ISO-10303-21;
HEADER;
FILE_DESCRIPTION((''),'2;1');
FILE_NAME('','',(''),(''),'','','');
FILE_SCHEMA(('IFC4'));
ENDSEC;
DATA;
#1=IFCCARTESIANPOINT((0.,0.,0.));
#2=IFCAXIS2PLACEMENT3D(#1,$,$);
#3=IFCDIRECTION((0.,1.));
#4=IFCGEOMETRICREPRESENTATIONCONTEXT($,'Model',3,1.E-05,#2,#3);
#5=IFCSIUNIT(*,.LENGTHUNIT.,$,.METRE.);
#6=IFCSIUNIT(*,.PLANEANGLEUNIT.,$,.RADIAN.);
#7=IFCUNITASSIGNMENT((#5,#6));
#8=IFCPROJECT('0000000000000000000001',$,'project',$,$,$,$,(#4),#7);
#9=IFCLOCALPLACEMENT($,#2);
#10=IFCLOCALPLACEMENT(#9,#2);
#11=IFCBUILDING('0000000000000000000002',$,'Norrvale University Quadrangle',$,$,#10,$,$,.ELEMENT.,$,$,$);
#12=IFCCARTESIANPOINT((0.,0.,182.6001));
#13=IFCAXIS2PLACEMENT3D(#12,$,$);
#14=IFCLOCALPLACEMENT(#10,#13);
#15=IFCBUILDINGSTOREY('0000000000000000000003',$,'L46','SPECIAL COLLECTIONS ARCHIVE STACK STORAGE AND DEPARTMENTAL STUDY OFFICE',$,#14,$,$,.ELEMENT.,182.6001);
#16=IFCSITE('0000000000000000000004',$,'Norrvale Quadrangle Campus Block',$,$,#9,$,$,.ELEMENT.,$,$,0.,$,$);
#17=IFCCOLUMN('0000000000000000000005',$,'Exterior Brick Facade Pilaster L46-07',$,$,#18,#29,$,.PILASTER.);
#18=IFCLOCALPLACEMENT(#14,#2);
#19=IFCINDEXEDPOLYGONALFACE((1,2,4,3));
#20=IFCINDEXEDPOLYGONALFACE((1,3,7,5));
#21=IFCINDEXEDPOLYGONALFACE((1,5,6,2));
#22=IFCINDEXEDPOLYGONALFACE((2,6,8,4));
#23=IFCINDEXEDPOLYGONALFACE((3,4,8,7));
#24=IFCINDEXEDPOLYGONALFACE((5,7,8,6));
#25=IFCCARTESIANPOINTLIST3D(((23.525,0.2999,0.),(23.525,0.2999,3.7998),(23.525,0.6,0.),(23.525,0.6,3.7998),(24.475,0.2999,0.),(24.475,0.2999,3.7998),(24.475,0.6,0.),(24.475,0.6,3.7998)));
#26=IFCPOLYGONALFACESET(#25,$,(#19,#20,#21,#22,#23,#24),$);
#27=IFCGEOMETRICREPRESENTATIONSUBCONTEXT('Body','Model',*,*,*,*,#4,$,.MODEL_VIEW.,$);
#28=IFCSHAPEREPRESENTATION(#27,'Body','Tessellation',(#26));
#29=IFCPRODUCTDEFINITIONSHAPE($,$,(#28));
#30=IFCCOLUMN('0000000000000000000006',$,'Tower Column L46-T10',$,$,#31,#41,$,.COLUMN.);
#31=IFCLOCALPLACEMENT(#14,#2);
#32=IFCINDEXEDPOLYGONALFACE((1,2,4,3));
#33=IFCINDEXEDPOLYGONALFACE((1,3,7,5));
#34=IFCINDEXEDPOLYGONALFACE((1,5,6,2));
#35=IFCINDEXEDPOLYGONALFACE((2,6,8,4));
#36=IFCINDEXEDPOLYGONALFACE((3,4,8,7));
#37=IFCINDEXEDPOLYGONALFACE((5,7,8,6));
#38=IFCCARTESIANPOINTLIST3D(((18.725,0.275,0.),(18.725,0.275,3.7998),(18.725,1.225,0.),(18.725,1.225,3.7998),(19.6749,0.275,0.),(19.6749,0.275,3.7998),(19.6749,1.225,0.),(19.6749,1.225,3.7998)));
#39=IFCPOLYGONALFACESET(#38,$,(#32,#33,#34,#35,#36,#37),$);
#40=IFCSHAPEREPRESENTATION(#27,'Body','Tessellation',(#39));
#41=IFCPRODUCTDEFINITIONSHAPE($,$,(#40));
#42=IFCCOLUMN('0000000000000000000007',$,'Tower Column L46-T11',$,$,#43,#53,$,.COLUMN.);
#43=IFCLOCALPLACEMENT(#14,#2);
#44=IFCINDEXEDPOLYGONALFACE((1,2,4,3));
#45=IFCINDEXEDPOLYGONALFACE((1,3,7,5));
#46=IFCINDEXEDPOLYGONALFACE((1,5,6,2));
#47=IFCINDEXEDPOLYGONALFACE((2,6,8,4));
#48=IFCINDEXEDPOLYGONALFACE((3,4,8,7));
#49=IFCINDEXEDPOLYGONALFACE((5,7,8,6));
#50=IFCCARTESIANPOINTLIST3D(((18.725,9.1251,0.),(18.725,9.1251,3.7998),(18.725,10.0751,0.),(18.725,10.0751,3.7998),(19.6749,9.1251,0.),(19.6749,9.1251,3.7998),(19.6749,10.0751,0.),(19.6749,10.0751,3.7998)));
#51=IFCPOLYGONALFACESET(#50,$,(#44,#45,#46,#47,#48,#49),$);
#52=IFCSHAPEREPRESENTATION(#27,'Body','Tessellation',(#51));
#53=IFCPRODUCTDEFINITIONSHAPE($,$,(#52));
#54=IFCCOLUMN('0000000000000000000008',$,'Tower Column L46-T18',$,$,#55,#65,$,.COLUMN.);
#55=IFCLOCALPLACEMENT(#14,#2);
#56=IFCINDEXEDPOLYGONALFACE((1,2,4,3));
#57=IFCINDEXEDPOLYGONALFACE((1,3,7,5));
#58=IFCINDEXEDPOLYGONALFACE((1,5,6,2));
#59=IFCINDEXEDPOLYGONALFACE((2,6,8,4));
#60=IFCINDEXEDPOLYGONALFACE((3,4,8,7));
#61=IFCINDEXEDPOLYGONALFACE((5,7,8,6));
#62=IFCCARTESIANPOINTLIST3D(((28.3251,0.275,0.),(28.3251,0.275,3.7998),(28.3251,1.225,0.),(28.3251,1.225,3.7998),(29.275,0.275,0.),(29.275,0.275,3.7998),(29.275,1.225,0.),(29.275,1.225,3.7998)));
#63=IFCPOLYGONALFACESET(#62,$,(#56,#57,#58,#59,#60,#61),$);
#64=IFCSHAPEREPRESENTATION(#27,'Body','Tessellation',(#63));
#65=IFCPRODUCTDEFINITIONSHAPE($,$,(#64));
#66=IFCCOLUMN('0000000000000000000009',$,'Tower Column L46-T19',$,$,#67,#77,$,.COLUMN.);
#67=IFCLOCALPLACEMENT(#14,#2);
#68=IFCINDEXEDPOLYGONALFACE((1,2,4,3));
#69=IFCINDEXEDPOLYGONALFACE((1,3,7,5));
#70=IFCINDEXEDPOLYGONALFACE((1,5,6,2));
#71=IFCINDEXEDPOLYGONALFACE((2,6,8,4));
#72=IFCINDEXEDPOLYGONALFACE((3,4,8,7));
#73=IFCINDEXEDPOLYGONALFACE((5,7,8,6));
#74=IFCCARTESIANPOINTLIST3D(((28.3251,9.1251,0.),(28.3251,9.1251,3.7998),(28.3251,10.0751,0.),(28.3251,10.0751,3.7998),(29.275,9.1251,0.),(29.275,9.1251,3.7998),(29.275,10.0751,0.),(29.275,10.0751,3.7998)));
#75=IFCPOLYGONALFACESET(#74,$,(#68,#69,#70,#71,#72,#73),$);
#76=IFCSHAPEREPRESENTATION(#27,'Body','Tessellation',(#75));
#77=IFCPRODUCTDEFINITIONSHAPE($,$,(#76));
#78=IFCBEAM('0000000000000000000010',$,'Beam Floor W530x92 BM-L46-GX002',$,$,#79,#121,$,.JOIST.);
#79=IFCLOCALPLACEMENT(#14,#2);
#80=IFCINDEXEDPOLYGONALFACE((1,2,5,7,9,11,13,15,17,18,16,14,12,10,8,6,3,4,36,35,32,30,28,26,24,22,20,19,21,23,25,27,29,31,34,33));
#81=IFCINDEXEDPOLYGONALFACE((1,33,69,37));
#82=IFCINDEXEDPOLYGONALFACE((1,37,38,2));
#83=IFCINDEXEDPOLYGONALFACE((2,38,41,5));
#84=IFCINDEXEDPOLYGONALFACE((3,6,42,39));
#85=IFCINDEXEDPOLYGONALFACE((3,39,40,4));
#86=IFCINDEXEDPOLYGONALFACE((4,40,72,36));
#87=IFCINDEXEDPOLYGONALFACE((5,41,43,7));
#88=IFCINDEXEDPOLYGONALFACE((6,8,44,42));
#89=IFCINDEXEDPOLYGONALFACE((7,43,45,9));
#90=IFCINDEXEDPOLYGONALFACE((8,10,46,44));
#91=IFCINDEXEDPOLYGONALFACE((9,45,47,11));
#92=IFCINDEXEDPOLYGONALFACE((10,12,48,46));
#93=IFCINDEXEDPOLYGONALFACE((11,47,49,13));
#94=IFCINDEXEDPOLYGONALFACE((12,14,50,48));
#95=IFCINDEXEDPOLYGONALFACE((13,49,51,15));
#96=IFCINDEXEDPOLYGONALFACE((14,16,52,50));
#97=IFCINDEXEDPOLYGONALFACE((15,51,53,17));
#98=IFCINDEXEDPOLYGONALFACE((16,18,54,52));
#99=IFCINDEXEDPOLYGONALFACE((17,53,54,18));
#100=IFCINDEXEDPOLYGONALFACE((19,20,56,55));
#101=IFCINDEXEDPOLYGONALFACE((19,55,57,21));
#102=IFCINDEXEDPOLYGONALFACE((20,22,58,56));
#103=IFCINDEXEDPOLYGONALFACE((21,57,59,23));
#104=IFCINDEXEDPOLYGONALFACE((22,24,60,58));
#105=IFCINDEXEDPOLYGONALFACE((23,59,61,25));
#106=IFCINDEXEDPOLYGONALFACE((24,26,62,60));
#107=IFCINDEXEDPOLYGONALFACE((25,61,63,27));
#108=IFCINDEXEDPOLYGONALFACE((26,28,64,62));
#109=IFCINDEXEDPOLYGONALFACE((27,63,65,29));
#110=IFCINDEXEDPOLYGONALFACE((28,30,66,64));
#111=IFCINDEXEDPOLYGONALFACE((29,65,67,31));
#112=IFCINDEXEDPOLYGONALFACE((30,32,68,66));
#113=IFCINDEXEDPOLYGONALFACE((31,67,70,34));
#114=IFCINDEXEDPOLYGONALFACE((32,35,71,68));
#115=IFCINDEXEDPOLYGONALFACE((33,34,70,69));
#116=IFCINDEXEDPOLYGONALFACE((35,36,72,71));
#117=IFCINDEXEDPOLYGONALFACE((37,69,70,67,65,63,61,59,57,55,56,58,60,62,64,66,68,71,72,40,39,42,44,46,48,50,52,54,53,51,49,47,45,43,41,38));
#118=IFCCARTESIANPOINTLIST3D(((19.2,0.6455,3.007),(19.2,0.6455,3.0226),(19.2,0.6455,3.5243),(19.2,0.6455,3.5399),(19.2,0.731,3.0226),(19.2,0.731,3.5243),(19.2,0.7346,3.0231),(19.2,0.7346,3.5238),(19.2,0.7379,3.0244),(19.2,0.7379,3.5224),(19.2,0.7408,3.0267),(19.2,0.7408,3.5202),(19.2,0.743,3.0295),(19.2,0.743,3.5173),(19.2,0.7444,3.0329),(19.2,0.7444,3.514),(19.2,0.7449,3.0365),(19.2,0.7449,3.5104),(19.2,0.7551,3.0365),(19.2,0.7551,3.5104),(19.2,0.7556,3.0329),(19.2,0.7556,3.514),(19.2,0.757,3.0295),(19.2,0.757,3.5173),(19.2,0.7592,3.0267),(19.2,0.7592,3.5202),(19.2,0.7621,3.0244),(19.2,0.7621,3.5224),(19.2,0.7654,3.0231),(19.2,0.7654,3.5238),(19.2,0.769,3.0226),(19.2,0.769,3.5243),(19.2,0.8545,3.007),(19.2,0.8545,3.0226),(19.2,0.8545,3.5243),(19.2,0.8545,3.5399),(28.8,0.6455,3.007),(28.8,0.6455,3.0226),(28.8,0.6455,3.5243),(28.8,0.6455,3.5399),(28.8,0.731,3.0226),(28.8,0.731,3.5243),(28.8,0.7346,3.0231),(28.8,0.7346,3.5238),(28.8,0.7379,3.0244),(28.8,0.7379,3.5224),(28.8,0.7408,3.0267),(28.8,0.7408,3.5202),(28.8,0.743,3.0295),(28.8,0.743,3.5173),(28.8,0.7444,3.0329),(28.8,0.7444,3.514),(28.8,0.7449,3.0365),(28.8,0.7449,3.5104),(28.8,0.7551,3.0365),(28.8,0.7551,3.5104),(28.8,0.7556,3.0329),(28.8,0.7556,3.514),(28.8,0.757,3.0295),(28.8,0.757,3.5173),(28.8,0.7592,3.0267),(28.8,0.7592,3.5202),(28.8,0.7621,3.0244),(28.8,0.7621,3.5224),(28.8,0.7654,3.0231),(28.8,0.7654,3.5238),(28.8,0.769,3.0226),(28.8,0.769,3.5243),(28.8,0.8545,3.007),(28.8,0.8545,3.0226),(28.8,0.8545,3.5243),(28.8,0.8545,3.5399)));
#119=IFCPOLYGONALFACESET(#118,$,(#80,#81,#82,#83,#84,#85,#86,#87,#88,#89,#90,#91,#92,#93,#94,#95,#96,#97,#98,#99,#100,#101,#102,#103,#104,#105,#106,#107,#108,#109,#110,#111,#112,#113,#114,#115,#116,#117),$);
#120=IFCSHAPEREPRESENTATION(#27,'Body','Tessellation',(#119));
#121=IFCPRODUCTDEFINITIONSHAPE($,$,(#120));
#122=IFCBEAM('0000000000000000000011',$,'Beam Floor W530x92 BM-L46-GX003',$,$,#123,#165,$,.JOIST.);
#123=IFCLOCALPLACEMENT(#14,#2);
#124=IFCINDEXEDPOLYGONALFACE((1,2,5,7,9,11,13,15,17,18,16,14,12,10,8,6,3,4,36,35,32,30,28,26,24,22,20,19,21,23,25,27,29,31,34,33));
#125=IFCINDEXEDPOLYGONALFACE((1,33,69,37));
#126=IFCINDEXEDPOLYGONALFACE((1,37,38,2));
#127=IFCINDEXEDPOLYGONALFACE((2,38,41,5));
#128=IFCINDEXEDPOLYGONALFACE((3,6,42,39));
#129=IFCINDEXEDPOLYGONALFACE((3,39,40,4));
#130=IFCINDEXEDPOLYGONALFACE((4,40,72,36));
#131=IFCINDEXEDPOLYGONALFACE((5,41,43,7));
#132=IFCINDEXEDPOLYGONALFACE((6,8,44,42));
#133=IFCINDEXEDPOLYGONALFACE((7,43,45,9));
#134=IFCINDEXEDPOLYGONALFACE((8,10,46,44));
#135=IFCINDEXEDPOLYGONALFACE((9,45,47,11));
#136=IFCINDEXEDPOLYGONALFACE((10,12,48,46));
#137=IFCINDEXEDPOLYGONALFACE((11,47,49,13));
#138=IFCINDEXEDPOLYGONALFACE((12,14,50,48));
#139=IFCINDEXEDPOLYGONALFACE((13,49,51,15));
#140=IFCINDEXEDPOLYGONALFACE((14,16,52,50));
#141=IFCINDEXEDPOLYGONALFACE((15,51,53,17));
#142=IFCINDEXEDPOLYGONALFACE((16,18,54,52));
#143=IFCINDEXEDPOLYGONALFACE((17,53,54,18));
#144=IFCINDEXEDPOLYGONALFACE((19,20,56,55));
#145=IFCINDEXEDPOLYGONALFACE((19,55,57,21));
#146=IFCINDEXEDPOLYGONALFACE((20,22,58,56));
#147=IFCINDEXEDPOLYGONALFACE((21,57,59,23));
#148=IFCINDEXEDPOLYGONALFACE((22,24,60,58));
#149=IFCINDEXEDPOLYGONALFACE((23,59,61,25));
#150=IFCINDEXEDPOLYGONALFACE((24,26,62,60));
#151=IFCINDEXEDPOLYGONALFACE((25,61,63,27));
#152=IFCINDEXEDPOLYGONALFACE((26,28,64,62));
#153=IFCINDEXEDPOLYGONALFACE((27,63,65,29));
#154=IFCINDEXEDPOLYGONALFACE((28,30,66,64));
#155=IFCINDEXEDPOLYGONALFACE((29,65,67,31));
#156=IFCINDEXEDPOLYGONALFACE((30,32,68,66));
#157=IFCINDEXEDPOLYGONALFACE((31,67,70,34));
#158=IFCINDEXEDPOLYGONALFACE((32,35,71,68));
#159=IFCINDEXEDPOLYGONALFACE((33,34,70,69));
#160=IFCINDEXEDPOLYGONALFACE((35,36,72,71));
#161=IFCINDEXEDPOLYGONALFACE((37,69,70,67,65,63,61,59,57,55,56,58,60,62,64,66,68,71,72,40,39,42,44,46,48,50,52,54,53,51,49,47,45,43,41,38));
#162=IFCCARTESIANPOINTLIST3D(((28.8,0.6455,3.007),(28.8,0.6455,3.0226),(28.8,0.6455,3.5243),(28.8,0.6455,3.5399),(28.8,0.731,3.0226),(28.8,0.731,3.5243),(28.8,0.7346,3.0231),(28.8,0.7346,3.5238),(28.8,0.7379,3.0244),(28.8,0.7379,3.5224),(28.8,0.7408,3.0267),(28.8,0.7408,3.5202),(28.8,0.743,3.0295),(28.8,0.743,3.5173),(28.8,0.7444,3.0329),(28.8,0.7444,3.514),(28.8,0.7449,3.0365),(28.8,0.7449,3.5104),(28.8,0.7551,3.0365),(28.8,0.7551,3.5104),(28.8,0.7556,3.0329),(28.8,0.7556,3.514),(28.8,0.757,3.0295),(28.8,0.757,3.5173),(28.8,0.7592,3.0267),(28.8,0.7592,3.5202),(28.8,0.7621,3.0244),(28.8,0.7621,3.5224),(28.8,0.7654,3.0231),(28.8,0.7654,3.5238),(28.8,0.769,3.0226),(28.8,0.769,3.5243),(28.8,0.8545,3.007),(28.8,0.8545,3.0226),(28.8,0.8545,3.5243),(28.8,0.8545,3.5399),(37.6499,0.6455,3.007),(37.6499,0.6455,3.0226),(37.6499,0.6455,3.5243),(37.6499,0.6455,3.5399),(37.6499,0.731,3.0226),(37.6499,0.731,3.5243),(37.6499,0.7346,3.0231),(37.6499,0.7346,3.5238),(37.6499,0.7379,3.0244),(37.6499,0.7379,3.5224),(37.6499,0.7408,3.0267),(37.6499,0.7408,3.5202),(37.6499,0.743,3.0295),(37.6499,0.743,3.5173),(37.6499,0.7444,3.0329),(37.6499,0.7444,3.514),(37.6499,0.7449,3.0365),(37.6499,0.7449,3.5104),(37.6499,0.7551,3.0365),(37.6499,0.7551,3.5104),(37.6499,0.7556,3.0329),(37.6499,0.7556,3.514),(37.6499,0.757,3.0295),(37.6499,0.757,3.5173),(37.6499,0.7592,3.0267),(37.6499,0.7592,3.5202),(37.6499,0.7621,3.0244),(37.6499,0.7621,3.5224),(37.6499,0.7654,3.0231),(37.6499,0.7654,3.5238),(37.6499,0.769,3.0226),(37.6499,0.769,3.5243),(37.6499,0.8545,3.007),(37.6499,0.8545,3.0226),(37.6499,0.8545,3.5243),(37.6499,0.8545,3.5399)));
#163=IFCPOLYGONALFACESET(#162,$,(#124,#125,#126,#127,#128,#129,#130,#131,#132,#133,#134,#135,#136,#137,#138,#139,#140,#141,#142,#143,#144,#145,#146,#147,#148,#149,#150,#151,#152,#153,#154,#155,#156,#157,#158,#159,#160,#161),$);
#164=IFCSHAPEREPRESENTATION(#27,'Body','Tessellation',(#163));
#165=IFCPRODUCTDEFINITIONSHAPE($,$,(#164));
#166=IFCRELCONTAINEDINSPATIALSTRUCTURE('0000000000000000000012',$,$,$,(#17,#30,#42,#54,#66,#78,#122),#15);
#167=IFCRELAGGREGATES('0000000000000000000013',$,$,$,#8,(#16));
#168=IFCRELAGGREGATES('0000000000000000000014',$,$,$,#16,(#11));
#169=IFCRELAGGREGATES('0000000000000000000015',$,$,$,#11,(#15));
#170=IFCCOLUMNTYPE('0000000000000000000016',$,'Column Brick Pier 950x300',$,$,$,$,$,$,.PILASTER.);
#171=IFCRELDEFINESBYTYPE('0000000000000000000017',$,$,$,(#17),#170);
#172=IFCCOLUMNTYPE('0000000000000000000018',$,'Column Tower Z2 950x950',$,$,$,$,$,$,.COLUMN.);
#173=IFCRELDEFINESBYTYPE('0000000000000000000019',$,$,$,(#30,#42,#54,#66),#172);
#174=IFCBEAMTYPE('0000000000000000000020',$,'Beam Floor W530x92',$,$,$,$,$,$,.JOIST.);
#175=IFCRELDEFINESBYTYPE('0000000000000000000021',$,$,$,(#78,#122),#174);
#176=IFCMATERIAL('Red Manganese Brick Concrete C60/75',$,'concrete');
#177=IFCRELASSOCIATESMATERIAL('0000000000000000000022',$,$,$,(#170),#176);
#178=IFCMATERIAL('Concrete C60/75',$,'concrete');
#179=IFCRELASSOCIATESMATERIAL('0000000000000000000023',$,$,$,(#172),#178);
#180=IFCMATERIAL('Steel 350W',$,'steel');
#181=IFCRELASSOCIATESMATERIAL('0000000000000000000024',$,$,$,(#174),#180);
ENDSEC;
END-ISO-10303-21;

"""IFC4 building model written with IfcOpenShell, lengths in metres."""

from ifc_helpers import new_model, si_unit, direction, frame, origin, origin_2d, place, context, subcontext, project, spatial, rectangle, i_section, extrude, material, material_profile, profile_set, type_object, element, save


model = new_model("IFC4")

# Units and contexts
model_context = context("Model", 3, precision=1e-05, world=origin(), true_north=direction((0.0, 1.0)))
body_context = subcontext(model_context, "Body", "Model", "MODEL_VIEW")
ifc_project = project(units=[si_unit("LENGTHUNIT", "METRE"), si_unit("PLANEANGLEUNIT", "RADIAN")], contexts=[model_context])

# Site, building, storey
site_placement = place(None, origin())
site = spatial("IfcSite", under=ifc_project, at=site_placement, Name="Norrvale Quadrangle Campus Block", CompositionType="ELEMENT", RefElevation=0.0)
building_placement = place(site_placement, origin())
building = spatial("IfcBuilding", under=site, at=building_placement, Name="Norrvale University Quadrangle", CompositionType="ELEMENT")
storey_placement = place(building_placement, frame((0.0, 0.0, 182.6001)))
storey = spatial("IfcBuildingStorey", under=building, at=storey_placement, Name="L46", Description="SPECIAL COLLECTIONS ARCHIVE STACK STORAGE AND DEPARTMENTAL STUDY OFFICE", CompositionType="ELEMENT", Elevation=182.6001)

# Columns
ifc_material_1 = material(Name="Red Manganese Brick Concrete C60/75", Category="concrete")
ifc_material_profile_1 = material_profile(ifc_material_1, rectangle(XDim=0.95, YDim=0.3, at=origin_2d()), Name="Red Manganese Brick Concrete C60/75")
ifc_profile_set_1 = profile_set([ifc_material_profile_1], Name="Red Manganese Brick Concrete C60/75")
column_type_1 = type_object("IfcColumnType", Name="Column Brick Pier 950x300", PredefinedType="PILASTER", material=ifc_profile_set_1)
column_placement = place(storey_placement, frame((24.0, 0.45, 0.0), z_axis=(0.0, 0.0, 1.0), x_axis=(1.0, 0.0, 0.0)))
element("IfcColumn", 1, at=column_placement, inside=storey, type_object=column_type_1, Name="Exterior Brick Facade Pilaster L46-07", PredefinedType="PILASTER", context=body_context, shape_type="SweptSolid", body=[
    extrude(rectangle(XDim=0.95, YDim=0.3, at=origin_2d()), origin(), (0.0, 0.0, 1.0), 3.7998),
])
ifc_material_2 = material(Name="Concrete C60/75", Category="concrete")
ifc_material_profile_2 = material_profile(ifc_material_2, rectangle(XDim=0.95, YDim=0.95, at=origin_2d()), Name="Concrete C60/75")
ifc_profile_set_2 = profile_set([ifc_material_profile_2], Name="Concrete C60/75")
column_type_2 = type_object("IfcColumnType", Name="Column Tower Z2 950x950", PredefinedType="COLUMN", material=ifc_profile_set_2)
for number, where, z_axis, x_axis, name in (
    (2, (19.2, 0.75, 0.0), (0.0, 0.0, 1.0), (1.0, 0.0, 0.0), "Tower Column L46-T10"),
    (3, (19.2, 9.6001, 0.0), (0.0, 0.0, 1.0), (1.0, 0.0, 0.0), "Tower Column L46-T11"),
    (4, (28.8, 0.75, 0.0), (0.0, 0.0, 1.0), (1.0, 0.0, 0.0), "Tower Column L46-T18"),
    (5, (28.8, 9.6001, 0.0), (0.0, 0.0, 1.0), (1.0, 0.0, 0.0), "Tower Column L46-T19"),
):
    element("IfcColumn", number, at=place(storey_placement, frame(where, z_axis=z_axis, x_axis=x_axis)), inside=storey, type_object=column_type_2, Name=name, PredefinedType="COLUMN", context=body_context, shape_type="SweptSolid", body=[
        extrude(rectangle(XDim=0.95, YDim=0.95, at=origin_2d()), origin(), (0.0, 0.0, 1.0), 3.7998),
    ])

# Beams
ifc_material_3 = material(Name="Steel 350W", Category="steel")
ifc_material_profile_3 = material_profile(ifc_material_3, i_section(OverallWidth=0.209, OverallDepth=0.533, WebThickness=0.0103, FlangeThickness=0.0156, FilletRadius=0.0139, at=origin_2d()), Name="Steel 350W")
ifc_profile_set_3 = profile_set([ifc_material_profile_3], Name="Steel 350W")
beam_type_1 = type_object("IfcBeamType", Name="Beam Floor W530x92", PredefinedType="JOIST", material=ifc_profile_set_3)
beam_1_placement = place(storey_placement, frame((19.2, 0.75, 3.2734), z_axis=(1.0, 0.0, 0.0), x_axis=(0.0, 1.0, 0.0)))
element("IfcBeam", 6, at=beam_1_placement, inside=storey, type_object=beam_type_1, Name="Beam Floor W530x92 BM-L46-GX002", PredefinedType="JOIST", context=body_context, shape_type="SweptSolid", body=[
    extrude(i_section(OverallWidth=0.209, OverallDepth=0.533, WebThickness=0.0103, FlangeThickness=0.0156, FilletRadius=0.0139, at=origin_2d()), origin(), (0.0, 0.0, 1.0), 9.6001),
])
beam_2_placement = place(storey_placement, frame((28.8, 0.75, 3.2734), z_axis=(1.0, 0.0, 0.0), x_axis=(0.0, 1.0, 0.0)))
element("IfcBeam", 7, at=beam_2_placement, inside=storey, type_object=beam_type_1, Name="Beam Floor W530x92 BM-L46-GX003", PredefinedType="JOIST", context=body_context, shape_type="SweptSolid", body=[
    extrude(i_section(OverallWidth=0.209, OverallDepth=0.533, WebThickness=0.0103, FlangeThickness=0.0156, FilletRadius=0.0139, at=origin_2d()), origin(), (0.0, 0.0, 1.0), 8.8499),
])

save(model, "model.ifc")
